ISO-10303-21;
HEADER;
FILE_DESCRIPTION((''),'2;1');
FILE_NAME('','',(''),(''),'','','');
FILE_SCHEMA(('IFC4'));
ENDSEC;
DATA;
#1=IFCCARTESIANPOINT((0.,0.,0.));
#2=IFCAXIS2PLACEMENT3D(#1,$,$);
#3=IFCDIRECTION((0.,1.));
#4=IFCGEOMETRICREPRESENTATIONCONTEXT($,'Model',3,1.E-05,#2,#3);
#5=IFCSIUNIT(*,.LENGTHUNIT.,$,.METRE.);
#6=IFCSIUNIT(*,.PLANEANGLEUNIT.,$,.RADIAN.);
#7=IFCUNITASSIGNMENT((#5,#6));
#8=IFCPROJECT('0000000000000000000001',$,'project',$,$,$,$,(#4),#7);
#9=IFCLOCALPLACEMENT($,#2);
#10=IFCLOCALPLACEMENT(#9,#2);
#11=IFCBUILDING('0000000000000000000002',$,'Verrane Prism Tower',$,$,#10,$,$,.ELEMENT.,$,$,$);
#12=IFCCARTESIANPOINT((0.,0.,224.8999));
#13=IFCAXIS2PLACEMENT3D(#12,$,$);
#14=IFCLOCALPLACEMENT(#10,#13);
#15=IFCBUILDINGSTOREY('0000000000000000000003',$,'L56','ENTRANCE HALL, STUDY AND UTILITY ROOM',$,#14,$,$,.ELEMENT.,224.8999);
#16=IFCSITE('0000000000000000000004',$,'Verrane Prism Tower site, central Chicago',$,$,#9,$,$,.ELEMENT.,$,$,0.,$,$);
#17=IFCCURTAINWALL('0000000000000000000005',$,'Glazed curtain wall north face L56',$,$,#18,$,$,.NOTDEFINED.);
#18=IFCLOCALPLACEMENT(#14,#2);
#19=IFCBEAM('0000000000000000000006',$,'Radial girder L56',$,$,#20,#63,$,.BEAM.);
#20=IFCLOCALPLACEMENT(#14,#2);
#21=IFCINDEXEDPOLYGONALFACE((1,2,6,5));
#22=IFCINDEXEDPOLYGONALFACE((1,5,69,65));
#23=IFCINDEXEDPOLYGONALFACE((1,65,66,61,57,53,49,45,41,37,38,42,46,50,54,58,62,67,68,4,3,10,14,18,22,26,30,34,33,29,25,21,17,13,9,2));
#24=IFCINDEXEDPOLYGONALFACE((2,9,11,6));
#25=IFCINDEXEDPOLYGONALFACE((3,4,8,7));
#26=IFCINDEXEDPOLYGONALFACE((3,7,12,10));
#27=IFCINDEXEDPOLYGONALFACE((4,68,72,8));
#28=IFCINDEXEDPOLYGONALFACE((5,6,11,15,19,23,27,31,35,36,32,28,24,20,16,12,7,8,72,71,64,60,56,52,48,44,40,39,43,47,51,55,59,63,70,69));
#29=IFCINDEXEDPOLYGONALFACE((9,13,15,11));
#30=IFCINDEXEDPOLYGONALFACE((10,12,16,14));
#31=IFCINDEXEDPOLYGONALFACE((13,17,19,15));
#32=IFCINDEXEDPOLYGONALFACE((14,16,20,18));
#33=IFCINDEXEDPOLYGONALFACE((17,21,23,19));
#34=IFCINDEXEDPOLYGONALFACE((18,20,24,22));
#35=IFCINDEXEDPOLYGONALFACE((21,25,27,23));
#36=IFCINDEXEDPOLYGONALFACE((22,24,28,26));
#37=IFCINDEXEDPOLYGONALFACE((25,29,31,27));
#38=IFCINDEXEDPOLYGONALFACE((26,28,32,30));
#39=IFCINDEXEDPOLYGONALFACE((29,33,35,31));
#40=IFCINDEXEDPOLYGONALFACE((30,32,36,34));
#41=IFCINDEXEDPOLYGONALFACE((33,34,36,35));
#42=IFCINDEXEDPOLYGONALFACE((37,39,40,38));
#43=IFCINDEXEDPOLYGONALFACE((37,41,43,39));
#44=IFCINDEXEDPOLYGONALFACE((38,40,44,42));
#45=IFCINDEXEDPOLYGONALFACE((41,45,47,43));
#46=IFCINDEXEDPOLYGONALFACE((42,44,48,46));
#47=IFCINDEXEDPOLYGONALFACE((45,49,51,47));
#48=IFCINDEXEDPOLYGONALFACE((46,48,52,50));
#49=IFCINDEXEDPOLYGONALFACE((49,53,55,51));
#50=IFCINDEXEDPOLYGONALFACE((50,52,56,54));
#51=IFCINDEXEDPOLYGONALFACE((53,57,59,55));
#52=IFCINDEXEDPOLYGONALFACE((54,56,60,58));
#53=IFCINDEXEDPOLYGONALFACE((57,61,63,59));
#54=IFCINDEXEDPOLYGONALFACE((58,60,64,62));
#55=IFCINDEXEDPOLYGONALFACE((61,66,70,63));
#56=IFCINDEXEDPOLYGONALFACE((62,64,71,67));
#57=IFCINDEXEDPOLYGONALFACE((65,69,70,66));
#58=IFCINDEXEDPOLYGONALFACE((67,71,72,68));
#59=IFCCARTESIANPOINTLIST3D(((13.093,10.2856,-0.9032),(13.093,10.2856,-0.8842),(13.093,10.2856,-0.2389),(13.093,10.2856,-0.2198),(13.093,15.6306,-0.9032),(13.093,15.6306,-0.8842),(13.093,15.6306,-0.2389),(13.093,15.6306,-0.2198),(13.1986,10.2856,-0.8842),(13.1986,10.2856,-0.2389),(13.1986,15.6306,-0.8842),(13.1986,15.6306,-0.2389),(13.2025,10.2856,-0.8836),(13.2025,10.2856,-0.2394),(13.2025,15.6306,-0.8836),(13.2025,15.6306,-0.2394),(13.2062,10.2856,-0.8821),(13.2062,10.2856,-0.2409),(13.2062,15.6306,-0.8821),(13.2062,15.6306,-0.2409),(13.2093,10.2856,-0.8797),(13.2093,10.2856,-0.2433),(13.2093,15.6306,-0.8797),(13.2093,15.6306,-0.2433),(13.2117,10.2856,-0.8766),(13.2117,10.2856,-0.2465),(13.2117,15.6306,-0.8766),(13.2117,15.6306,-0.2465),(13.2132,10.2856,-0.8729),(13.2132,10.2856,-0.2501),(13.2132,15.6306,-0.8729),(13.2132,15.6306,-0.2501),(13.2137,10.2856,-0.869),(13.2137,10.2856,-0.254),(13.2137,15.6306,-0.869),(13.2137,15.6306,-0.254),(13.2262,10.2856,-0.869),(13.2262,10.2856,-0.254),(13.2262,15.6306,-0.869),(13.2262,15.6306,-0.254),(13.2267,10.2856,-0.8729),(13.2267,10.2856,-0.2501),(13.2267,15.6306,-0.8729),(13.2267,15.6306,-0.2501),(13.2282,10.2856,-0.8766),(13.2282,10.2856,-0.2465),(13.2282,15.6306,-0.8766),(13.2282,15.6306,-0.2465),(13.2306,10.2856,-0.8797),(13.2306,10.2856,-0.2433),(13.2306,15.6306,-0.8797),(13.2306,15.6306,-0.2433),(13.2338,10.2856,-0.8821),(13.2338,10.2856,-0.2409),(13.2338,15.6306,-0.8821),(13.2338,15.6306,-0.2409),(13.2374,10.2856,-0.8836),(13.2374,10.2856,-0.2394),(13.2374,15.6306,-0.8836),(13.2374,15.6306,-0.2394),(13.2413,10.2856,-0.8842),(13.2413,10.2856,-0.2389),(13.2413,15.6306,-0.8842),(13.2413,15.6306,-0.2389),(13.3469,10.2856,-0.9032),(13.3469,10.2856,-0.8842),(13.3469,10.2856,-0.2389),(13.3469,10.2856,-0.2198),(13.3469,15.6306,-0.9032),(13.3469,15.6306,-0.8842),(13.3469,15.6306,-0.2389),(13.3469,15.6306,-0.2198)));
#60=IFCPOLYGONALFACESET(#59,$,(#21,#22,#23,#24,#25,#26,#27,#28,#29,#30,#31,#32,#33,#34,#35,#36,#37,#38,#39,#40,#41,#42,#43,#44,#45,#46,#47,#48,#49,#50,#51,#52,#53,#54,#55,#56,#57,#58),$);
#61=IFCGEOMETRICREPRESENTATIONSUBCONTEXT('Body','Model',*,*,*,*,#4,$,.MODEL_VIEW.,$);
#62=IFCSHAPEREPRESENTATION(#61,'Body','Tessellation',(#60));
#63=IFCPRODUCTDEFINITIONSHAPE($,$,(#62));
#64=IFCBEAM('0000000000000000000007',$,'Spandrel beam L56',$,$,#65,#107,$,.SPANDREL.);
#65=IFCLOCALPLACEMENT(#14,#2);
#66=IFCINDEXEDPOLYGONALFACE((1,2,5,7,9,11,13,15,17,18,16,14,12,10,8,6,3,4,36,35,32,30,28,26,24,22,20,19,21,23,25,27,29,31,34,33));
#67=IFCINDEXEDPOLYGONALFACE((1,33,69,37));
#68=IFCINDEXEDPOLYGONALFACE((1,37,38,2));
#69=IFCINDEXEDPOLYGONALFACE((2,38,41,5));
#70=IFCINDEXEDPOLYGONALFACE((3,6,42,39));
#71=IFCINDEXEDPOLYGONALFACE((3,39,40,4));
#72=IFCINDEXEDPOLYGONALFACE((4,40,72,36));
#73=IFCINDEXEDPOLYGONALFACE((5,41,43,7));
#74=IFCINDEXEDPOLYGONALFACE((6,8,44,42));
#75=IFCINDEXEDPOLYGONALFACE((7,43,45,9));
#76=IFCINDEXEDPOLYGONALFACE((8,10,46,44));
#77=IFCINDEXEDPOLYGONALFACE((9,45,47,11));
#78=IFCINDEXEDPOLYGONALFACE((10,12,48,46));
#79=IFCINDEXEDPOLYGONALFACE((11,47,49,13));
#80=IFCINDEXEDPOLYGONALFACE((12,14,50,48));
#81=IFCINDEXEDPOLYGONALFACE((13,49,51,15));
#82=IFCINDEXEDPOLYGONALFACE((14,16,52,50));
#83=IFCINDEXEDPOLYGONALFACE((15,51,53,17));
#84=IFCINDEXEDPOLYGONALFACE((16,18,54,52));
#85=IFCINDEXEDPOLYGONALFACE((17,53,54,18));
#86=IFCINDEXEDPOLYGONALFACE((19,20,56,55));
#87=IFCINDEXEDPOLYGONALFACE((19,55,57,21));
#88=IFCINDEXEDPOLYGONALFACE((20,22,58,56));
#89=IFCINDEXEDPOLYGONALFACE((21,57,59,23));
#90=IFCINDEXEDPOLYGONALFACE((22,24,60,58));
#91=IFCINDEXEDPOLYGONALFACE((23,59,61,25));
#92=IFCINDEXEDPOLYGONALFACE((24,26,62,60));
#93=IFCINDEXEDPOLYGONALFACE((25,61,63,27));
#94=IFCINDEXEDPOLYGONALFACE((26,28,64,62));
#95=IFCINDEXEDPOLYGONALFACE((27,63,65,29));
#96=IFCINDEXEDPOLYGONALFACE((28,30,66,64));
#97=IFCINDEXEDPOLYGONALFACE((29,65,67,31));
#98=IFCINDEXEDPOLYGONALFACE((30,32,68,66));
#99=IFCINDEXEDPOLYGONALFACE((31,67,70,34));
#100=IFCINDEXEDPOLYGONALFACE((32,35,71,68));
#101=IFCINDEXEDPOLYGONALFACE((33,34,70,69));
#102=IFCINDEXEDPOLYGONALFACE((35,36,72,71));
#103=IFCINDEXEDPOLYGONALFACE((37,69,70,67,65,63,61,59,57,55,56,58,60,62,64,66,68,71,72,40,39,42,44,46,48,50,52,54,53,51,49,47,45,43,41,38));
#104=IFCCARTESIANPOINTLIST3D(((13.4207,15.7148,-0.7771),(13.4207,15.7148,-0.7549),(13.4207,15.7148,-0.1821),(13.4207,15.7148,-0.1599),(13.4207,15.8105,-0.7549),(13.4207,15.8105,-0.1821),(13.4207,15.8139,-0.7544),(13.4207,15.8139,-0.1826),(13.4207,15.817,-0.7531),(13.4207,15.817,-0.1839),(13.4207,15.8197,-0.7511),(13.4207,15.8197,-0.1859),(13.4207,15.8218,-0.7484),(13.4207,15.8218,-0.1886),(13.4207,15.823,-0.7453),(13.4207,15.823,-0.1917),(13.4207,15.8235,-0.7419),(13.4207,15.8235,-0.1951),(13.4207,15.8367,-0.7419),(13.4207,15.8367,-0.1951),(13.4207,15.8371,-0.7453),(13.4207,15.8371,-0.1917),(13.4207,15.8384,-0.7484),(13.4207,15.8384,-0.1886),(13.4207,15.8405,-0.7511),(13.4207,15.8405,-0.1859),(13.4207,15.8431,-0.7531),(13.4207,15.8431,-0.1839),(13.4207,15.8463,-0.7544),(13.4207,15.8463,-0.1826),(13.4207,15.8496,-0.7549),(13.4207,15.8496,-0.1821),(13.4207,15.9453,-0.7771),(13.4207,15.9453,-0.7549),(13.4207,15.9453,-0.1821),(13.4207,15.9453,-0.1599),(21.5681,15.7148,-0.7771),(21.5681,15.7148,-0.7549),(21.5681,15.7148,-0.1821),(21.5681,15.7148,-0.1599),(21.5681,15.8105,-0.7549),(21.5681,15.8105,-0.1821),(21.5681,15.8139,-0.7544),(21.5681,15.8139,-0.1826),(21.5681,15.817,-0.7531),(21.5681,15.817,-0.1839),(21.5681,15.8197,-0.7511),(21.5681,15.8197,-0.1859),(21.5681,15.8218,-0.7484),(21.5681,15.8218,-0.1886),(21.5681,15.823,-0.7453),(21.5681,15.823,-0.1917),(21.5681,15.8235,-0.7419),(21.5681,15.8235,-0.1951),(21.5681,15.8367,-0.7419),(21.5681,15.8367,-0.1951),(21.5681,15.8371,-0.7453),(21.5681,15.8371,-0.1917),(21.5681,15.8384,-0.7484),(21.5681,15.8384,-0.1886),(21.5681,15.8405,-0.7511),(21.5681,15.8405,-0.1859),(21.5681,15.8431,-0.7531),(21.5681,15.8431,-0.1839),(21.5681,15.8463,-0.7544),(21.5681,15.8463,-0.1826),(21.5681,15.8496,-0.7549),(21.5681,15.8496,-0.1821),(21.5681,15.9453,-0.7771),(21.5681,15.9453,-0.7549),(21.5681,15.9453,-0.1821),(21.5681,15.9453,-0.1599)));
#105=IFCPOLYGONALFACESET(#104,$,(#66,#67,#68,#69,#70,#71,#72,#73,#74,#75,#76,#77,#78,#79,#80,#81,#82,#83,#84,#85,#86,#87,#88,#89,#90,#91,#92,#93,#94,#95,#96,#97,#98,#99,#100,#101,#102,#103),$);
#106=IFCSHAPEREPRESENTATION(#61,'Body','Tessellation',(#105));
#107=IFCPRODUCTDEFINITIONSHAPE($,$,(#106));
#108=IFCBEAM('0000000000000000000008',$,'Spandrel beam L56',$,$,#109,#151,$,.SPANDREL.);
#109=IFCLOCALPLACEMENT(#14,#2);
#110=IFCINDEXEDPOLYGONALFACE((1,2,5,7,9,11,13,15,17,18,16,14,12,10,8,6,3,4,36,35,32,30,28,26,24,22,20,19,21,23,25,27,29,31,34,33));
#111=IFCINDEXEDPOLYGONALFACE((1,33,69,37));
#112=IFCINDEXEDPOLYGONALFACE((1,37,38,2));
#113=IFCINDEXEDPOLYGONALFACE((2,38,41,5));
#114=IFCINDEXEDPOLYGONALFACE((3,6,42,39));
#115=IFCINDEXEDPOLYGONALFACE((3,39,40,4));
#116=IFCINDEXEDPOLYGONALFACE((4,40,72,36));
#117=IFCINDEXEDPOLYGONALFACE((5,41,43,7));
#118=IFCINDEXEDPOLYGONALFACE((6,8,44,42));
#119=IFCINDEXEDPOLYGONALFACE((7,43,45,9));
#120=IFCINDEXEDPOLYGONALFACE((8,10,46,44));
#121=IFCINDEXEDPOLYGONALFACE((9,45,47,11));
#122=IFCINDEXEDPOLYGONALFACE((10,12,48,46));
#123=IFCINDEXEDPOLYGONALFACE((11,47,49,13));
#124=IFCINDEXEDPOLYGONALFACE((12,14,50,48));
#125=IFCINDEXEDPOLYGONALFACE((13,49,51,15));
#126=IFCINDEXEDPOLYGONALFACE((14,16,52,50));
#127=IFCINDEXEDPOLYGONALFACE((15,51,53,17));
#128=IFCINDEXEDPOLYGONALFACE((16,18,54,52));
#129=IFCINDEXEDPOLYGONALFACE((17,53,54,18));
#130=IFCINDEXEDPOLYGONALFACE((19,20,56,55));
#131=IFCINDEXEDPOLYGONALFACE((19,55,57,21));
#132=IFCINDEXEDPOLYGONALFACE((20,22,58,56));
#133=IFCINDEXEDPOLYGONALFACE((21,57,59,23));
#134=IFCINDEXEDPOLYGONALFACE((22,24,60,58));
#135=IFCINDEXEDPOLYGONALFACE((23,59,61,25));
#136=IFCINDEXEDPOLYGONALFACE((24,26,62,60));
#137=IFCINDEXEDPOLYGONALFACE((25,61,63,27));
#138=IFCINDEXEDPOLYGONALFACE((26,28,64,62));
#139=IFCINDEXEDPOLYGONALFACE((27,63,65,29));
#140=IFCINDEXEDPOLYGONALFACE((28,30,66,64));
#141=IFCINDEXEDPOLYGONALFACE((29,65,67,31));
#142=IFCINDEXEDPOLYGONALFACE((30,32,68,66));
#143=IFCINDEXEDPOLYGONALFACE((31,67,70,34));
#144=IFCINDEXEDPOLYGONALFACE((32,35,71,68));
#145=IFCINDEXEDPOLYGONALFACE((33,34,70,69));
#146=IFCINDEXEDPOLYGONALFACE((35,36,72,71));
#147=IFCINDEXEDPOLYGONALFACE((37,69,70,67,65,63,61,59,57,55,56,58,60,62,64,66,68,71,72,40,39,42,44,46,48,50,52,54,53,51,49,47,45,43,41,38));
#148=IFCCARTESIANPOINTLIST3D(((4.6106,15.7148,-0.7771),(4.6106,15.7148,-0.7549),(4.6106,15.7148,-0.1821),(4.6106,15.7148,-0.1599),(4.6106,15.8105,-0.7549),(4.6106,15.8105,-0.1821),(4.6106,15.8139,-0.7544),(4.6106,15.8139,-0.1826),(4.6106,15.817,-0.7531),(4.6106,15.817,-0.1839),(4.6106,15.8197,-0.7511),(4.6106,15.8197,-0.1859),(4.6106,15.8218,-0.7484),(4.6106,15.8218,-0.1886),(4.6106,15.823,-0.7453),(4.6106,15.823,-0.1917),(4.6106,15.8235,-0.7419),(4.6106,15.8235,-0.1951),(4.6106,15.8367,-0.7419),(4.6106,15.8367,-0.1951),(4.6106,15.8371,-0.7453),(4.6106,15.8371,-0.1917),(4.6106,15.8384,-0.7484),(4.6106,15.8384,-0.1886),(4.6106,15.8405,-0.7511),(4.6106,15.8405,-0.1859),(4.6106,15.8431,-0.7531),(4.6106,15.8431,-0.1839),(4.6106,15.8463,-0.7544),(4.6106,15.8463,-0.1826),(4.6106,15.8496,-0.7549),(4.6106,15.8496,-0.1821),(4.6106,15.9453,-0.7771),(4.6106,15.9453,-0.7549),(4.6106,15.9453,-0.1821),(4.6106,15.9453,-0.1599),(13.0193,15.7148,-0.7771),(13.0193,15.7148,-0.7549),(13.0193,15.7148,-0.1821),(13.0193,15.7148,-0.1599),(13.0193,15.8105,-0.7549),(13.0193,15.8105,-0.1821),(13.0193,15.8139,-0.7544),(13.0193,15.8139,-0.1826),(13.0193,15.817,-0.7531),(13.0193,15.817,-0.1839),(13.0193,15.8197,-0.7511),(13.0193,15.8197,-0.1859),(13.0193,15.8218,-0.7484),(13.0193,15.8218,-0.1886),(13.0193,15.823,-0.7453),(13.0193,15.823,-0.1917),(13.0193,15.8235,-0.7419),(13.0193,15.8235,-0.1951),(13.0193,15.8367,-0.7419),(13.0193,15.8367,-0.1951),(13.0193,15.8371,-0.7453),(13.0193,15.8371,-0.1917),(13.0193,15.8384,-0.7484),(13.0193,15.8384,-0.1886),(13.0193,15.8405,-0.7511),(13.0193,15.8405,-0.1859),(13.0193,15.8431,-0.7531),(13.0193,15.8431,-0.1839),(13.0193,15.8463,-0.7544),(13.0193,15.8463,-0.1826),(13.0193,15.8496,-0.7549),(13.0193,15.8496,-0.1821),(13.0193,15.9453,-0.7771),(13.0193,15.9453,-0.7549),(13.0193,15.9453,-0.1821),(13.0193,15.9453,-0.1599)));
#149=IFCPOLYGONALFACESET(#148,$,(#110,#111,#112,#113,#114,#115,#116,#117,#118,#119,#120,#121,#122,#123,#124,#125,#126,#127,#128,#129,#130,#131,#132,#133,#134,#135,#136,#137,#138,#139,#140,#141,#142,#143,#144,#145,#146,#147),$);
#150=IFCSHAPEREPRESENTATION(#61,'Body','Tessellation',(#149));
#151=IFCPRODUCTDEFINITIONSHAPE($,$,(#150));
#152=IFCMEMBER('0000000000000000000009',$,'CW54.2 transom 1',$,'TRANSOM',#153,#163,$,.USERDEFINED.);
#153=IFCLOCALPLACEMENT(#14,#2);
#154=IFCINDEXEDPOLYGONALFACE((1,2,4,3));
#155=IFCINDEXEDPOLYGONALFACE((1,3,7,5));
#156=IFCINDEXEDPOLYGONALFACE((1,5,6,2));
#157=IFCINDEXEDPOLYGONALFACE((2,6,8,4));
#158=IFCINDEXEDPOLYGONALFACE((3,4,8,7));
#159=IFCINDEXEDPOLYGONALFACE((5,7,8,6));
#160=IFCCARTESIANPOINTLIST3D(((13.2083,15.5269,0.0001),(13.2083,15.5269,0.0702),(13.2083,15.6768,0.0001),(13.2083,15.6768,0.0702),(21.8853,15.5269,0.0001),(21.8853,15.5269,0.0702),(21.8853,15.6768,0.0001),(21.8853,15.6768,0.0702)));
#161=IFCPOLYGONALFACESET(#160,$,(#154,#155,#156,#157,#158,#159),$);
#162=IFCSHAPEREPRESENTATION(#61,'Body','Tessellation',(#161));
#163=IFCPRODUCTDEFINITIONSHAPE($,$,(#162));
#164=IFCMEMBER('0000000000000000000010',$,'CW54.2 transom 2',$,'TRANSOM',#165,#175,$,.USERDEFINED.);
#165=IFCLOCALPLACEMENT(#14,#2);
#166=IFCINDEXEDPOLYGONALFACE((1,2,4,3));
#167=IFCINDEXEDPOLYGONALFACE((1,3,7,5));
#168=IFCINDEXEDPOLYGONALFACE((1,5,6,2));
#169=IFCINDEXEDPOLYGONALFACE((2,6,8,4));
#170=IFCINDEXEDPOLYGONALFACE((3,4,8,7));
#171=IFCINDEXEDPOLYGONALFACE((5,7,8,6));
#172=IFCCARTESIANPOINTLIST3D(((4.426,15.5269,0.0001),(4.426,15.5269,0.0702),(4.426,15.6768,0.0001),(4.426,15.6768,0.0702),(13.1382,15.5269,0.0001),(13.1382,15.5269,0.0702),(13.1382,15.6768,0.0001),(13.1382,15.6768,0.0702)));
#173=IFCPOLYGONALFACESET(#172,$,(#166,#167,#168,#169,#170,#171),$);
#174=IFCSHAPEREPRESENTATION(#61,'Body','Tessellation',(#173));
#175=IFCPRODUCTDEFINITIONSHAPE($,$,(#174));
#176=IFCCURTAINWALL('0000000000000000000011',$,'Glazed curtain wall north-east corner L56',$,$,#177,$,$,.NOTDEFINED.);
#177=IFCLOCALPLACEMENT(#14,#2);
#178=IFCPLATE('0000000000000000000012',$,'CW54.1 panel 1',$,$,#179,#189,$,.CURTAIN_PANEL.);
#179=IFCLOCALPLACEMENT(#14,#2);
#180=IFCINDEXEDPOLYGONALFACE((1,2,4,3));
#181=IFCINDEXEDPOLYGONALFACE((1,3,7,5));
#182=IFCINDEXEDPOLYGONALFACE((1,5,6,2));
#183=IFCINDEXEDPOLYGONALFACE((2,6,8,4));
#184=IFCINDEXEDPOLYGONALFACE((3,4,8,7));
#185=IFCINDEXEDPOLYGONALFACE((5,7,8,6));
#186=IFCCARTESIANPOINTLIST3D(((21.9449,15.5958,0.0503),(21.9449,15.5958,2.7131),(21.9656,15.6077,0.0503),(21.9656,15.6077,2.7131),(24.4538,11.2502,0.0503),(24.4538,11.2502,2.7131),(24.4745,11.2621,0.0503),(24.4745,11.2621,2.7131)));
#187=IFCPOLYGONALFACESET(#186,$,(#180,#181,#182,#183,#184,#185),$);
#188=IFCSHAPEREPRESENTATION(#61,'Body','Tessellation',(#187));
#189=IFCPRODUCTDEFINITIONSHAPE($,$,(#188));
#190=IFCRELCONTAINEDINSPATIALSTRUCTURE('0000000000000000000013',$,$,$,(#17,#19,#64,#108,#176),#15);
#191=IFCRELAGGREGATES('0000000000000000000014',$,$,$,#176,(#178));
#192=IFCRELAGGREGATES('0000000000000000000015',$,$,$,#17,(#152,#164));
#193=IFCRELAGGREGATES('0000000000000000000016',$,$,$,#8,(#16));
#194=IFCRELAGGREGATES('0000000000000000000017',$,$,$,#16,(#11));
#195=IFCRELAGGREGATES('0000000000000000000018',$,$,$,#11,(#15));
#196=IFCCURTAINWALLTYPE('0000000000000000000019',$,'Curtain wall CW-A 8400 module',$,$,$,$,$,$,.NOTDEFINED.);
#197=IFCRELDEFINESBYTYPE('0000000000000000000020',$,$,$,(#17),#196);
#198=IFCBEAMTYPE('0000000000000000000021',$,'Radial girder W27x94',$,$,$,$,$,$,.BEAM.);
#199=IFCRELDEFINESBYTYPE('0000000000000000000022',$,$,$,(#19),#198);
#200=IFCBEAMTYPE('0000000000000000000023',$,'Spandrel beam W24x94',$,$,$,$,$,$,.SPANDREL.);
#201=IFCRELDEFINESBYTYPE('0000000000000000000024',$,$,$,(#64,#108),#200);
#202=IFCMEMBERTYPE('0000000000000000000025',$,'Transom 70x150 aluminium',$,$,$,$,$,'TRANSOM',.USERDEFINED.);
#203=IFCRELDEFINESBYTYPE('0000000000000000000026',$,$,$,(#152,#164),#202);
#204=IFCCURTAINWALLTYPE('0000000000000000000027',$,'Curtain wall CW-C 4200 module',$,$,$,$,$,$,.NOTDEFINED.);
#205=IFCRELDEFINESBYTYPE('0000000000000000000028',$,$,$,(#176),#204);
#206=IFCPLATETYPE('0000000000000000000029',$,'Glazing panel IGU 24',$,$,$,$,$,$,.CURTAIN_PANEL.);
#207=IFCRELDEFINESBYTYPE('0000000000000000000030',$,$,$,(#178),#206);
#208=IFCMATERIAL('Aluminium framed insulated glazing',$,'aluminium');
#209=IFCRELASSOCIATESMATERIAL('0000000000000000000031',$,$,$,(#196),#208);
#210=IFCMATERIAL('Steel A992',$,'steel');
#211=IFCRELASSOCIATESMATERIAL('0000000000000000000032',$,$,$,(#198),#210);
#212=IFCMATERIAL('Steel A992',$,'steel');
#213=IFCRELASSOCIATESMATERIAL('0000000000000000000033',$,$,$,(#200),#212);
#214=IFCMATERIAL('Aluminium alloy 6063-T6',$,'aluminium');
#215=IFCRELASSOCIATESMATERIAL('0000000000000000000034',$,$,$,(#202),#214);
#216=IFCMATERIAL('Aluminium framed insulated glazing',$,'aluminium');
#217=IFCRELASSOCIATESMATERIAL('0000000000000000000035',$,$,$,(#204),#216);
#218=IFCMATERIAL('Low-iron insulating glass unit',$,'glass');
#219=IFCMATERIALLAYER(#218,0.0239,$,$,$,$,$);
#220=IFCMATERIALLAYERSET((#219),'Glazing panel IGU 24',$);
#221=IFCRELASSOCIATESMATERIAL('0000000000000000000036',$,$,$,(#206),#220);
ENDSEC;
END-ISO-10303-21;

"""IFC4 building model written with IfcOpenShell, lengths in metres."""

from ifc_helpers import new_model, si_unit, direction, frame, origin, origin_2d, place, context, subcontext, project, spatial, rectangle, i_section, extrude, material, layer, layer_set, material_profile, profile_set, type_object, element, aggregate, save


model = new_model("IFC4")

# Units and contexts
model_context = context("Model", 3, precision=1e-05, world=origin(), true_north=direction((0.0, 1.0)))
body_context = subcontext(model_context, "Body", "Model", "MODEL_VIEW")
ifc_project = project(units=[si_unit("LENGTHUNIT", "METRE"), si_unit("PLANEANGLEUNIT", "RADIAN")], contexts=[model_context])

# Site, building, storey
site_placement = place(None, origin())
site = spatial("IfcSite", under=ifc_project, at=site_placement, Name="Verrane Prism Tower site, central Chicago", CompositionType="ELEMENT", RefElevation=0.0)
building_placement = place(site_placement, origin())
building = spatial("IfcBuilding", under=site, at=building_placement, Name="Verrane Prism Tower", CompositionType="ELEMENT")
storey_placement = place(building_placement, frame((0.0, 0.0, 224.8999)))
storey = spatial("IfcBuildingStorey", under=building, at=storey_placement, Name="L56", Description="ENTRANCE HALL, STUDY AND UTILITY ROOM", CompositionType="ELEMENT", Elevation=224.8999)

# Curtain wall
ifc_material_1 = material(Name="Aluminium framed insulated glazing", Category="aluminium")
curtain_wall_type_1 = type_object("IfcCurtainWallType", Name="Curtain wall CW-A 8400 module", PredefinedType="NOTDEFINED", material=ifc_material_1)
curtain_wall_1_placement = place(storey_placement, origin())
curtain_wall_1 = element("IfcCurtainWall", 1, at=curtain_wall_1_placement, inside=storey, type_object=curtain_wall_type_1, Name="Glazed curtain wall north face L56", PredefinedType="NOTDEFINED")

# Beams
ifc_material_2 = material(Name="Steel A992", Category="steel")
ifc_material_profile_1 = material_profile(ifc_material_2, i_section(OverallWidth=0.2539, OverallDepth=0.6833, WebThickness=0.0125, FlangeThickness=0.019, FilletRadius=0.0151, at=origin_2d()), Name="W27x94")
ifc_profile_set_1 = profile_set([ifc_material_profile_1], Name="Steel A992")
beam_type_1 = type_object("IfcBeamType", Name="Radial girder W27x94", PredefinedType="BEAM", material=ifc_profile_set_1)
beam_1_placement = place(storey_placement, frame((13.22, 15.6306, -0.5615), z_axis=(0.0, -1.0, 0.0), x_axis=(1.0, 0.0, 0.0)))
element("IfcBeam", 2, at=beam_1_placement, inside=storey, type_object=beam_type_1, Name="Radial girder L56", PredefinedType="BEAM", context=body_context, shape_type="SweptSolid", body=[
    extrude(i_section(OverallWidth=0.2539, OverallDepth=0.6833, WebThickness=0.0125, FlangeThickness=0.019, FilletRadius=0.0151, at=origin_2d()), origin(), (0.0, 0.0, 1.0), 5.345),
])
ifc_material_3 = material(Name="Steel A992", Category="steel")
ifc_material_profile_2 = material_profile(ifc_material_3, i_section(OverallWidth=0.2305, OverallDepth=0.6172, WebThickness=0.0132, FlangeThickness=0.0222, FilletRadius=0.0129, at=origin_2d()), Name="W24x94")
ifc_profile_set_2 = profile_set([ifc_material_profile_2], Name="Steel A992")
beam_type_2 = type_object("IfcBeamType", Name="Spandrel beam W24x94", PredefinedType="SPANDREL", material=ifc_profile_set_2)
beam_2_placement = place(storey_placement, frame((21.5681, 15.8301, -0.4685), z_axis=(-1.0, 0.0, 0.0), x_axis=(0.0, -1.0, 0.0)))
element("IfcBeam", 3, at=beam_2_placement, inside=storey, type_object=beam_type_2, Name="Spandrel beam L56", PredefinedType="SPANDREL", context=body_context, shape_type="SweptSolid", body=[
    extrude(i_section(OverallWidth=0.2305, OverallDepth=0.6172, WebThickness=0.0132, FlangeThickness=0.0222, FilletRadius=0.0129, at=origin_2d()), origin(), (0.0, 0.0, 1.0), 8.1475),
])
beam_3_placement = place(storey_placement, frame((13.0193, 15.8301, -0.4685), z_axis=(-1.0, 0.0, 0.0), x_axis=(0.0, -1.0, 0.0)))
element("IfcBeam", 4, at=beam_3_placement, inside=storey, type_object=beam_type_2, Name="Spandrel beam L56", PredefinedType="SPANDREL", context=body_context, shape_type="SweptSolid", body=[
    extrude(i_section(OverallWidth=0.2305, OverallDepth=0.6172, WebThickness=0.0132, FlangeThickness=0.0222, FilletRadius=0.0129, at=origin_2d()), origin(), (0.0, 0.0, 1.0), 8.4087),
])

# Members
ifc_material_4 = material(Name="Aluminium alloy 6063-T6", Category="aluminium")
ifc_material_profile_3 = material_profile(ifc_material_4, rectangle(XDim=0.1499, YDim=0.0701, at=origin_2d()), Name="Transom 70x150 aluminium")
ifc_profile_set_3 = profile_set([ifc_material_profile_3], Name="Aluminium alloy 6063-T6")
member_type_1 = type_object("IfcMemberType", Name="Transom 70x150 aluminium", ElementType="TRANSOM", PredefinedType="USERDEFINED", material=ifc_profile_set_3)
member_1_placement = place(storey_placement, frame((21.8853, 15.6018, 0.0352), z_axis=(-1.0, 0.0, 0.0), x_axis=(0.0, -1.0, 0.0)))
member_1 = element("IfcMember", 5, at=member_1_placement, type_object=member_type_1, Name="CW54.2 transom 1", ObjectType="TRANSOM", PredefinedType="USERDEFINED", context=body_context, shape_type="SweptSolid", body=[
    extrude(rectangle(XDim=0.1499, YDim=0.0701, at=origin_2d()), origin(), (0.0, 0.0, 1.0), 8.677),
])
member_2_placement = place(storey_placement, frame((13.1382, 15.6018, 0.0352), z_axis=(-1.0, 0.0, 0.0), x_axis=(0.0, -1.0, 0.0)))
member_2 = element("IfcMember", 6, at=member_2_placement, type_object=member_type_1, Name="CW54.2 transom 2", ObjectType="TRANSOM", PredefinedType="USERDEFINED", context=body_context, shape_type="SweptSolid", body=[
    extrude(rectangle(XDim=0.1499, YDim=0.0701, at=origin_2d()), origin(), (0.0, 0.0, 1.0), 8.7122),
])

# Curtain wall, plate
ifc_material_5 = material(Name="Aluminium framed insulated glazing", Category="aluminium")
curtain_wall_type_2 = type_object("IfcCurtainWallType", Name="Curtain wall CW-C 4200 module", PredefinedType="NOTDEFINED", material=ifc_material_5)
curtain_wall_2_placement = place(storey_placement, origin())
curtain_wall_2 = element("IfcCurtainWall", 7, at=curtain_wall_2_placement, inside=storey, type_object=curtain_wall_type_2, Name="Glazed curtain wall north-east corner L56", PredefinedType="NOTDEFINED")
ifc_material_6 = material(Name="Low-iron insulating glass unit", Category="glass")
ifc_layer_1 = layer(ifc_material_6, 0.0239)
ifc_layer_set_1 = layer_set([ifc_layer_1], Name="Glazing panel IGU 24")
plate_type_1 = type_object("IfcPlateType", Name="Glazing panel IGU 24", PredefinedType="CURTAIN_PANEL", material=ifc_layer_set_1)
plate_1_placement = place(storey_placement, frame((23.2097, 13.429, 0.0503), z_axis=(0.0, 0.0, 1.0), x_axis=(-0.499995, 0.866028, 0.0)))
plate_1 = element("IfcPlate", 8, at=plate_1_placement, type_object=plate_type_1, Name="CW54.1 panel 1", PredefinedType="CURTAIN_PANEL", context=body_context, shape_type="SweptSolid", body=[
    extrude(rectangle(XDim=5.0178, YDim=0.0239, at=origin_2d()), origin(), (0.0, 0.0, 1.0), 2.6628),
])
aggregate(curtain_wall_2, [plate_1])

aggregate(curtain_wall_1, [member_1, member_2])

save(model, "model.ifc")
